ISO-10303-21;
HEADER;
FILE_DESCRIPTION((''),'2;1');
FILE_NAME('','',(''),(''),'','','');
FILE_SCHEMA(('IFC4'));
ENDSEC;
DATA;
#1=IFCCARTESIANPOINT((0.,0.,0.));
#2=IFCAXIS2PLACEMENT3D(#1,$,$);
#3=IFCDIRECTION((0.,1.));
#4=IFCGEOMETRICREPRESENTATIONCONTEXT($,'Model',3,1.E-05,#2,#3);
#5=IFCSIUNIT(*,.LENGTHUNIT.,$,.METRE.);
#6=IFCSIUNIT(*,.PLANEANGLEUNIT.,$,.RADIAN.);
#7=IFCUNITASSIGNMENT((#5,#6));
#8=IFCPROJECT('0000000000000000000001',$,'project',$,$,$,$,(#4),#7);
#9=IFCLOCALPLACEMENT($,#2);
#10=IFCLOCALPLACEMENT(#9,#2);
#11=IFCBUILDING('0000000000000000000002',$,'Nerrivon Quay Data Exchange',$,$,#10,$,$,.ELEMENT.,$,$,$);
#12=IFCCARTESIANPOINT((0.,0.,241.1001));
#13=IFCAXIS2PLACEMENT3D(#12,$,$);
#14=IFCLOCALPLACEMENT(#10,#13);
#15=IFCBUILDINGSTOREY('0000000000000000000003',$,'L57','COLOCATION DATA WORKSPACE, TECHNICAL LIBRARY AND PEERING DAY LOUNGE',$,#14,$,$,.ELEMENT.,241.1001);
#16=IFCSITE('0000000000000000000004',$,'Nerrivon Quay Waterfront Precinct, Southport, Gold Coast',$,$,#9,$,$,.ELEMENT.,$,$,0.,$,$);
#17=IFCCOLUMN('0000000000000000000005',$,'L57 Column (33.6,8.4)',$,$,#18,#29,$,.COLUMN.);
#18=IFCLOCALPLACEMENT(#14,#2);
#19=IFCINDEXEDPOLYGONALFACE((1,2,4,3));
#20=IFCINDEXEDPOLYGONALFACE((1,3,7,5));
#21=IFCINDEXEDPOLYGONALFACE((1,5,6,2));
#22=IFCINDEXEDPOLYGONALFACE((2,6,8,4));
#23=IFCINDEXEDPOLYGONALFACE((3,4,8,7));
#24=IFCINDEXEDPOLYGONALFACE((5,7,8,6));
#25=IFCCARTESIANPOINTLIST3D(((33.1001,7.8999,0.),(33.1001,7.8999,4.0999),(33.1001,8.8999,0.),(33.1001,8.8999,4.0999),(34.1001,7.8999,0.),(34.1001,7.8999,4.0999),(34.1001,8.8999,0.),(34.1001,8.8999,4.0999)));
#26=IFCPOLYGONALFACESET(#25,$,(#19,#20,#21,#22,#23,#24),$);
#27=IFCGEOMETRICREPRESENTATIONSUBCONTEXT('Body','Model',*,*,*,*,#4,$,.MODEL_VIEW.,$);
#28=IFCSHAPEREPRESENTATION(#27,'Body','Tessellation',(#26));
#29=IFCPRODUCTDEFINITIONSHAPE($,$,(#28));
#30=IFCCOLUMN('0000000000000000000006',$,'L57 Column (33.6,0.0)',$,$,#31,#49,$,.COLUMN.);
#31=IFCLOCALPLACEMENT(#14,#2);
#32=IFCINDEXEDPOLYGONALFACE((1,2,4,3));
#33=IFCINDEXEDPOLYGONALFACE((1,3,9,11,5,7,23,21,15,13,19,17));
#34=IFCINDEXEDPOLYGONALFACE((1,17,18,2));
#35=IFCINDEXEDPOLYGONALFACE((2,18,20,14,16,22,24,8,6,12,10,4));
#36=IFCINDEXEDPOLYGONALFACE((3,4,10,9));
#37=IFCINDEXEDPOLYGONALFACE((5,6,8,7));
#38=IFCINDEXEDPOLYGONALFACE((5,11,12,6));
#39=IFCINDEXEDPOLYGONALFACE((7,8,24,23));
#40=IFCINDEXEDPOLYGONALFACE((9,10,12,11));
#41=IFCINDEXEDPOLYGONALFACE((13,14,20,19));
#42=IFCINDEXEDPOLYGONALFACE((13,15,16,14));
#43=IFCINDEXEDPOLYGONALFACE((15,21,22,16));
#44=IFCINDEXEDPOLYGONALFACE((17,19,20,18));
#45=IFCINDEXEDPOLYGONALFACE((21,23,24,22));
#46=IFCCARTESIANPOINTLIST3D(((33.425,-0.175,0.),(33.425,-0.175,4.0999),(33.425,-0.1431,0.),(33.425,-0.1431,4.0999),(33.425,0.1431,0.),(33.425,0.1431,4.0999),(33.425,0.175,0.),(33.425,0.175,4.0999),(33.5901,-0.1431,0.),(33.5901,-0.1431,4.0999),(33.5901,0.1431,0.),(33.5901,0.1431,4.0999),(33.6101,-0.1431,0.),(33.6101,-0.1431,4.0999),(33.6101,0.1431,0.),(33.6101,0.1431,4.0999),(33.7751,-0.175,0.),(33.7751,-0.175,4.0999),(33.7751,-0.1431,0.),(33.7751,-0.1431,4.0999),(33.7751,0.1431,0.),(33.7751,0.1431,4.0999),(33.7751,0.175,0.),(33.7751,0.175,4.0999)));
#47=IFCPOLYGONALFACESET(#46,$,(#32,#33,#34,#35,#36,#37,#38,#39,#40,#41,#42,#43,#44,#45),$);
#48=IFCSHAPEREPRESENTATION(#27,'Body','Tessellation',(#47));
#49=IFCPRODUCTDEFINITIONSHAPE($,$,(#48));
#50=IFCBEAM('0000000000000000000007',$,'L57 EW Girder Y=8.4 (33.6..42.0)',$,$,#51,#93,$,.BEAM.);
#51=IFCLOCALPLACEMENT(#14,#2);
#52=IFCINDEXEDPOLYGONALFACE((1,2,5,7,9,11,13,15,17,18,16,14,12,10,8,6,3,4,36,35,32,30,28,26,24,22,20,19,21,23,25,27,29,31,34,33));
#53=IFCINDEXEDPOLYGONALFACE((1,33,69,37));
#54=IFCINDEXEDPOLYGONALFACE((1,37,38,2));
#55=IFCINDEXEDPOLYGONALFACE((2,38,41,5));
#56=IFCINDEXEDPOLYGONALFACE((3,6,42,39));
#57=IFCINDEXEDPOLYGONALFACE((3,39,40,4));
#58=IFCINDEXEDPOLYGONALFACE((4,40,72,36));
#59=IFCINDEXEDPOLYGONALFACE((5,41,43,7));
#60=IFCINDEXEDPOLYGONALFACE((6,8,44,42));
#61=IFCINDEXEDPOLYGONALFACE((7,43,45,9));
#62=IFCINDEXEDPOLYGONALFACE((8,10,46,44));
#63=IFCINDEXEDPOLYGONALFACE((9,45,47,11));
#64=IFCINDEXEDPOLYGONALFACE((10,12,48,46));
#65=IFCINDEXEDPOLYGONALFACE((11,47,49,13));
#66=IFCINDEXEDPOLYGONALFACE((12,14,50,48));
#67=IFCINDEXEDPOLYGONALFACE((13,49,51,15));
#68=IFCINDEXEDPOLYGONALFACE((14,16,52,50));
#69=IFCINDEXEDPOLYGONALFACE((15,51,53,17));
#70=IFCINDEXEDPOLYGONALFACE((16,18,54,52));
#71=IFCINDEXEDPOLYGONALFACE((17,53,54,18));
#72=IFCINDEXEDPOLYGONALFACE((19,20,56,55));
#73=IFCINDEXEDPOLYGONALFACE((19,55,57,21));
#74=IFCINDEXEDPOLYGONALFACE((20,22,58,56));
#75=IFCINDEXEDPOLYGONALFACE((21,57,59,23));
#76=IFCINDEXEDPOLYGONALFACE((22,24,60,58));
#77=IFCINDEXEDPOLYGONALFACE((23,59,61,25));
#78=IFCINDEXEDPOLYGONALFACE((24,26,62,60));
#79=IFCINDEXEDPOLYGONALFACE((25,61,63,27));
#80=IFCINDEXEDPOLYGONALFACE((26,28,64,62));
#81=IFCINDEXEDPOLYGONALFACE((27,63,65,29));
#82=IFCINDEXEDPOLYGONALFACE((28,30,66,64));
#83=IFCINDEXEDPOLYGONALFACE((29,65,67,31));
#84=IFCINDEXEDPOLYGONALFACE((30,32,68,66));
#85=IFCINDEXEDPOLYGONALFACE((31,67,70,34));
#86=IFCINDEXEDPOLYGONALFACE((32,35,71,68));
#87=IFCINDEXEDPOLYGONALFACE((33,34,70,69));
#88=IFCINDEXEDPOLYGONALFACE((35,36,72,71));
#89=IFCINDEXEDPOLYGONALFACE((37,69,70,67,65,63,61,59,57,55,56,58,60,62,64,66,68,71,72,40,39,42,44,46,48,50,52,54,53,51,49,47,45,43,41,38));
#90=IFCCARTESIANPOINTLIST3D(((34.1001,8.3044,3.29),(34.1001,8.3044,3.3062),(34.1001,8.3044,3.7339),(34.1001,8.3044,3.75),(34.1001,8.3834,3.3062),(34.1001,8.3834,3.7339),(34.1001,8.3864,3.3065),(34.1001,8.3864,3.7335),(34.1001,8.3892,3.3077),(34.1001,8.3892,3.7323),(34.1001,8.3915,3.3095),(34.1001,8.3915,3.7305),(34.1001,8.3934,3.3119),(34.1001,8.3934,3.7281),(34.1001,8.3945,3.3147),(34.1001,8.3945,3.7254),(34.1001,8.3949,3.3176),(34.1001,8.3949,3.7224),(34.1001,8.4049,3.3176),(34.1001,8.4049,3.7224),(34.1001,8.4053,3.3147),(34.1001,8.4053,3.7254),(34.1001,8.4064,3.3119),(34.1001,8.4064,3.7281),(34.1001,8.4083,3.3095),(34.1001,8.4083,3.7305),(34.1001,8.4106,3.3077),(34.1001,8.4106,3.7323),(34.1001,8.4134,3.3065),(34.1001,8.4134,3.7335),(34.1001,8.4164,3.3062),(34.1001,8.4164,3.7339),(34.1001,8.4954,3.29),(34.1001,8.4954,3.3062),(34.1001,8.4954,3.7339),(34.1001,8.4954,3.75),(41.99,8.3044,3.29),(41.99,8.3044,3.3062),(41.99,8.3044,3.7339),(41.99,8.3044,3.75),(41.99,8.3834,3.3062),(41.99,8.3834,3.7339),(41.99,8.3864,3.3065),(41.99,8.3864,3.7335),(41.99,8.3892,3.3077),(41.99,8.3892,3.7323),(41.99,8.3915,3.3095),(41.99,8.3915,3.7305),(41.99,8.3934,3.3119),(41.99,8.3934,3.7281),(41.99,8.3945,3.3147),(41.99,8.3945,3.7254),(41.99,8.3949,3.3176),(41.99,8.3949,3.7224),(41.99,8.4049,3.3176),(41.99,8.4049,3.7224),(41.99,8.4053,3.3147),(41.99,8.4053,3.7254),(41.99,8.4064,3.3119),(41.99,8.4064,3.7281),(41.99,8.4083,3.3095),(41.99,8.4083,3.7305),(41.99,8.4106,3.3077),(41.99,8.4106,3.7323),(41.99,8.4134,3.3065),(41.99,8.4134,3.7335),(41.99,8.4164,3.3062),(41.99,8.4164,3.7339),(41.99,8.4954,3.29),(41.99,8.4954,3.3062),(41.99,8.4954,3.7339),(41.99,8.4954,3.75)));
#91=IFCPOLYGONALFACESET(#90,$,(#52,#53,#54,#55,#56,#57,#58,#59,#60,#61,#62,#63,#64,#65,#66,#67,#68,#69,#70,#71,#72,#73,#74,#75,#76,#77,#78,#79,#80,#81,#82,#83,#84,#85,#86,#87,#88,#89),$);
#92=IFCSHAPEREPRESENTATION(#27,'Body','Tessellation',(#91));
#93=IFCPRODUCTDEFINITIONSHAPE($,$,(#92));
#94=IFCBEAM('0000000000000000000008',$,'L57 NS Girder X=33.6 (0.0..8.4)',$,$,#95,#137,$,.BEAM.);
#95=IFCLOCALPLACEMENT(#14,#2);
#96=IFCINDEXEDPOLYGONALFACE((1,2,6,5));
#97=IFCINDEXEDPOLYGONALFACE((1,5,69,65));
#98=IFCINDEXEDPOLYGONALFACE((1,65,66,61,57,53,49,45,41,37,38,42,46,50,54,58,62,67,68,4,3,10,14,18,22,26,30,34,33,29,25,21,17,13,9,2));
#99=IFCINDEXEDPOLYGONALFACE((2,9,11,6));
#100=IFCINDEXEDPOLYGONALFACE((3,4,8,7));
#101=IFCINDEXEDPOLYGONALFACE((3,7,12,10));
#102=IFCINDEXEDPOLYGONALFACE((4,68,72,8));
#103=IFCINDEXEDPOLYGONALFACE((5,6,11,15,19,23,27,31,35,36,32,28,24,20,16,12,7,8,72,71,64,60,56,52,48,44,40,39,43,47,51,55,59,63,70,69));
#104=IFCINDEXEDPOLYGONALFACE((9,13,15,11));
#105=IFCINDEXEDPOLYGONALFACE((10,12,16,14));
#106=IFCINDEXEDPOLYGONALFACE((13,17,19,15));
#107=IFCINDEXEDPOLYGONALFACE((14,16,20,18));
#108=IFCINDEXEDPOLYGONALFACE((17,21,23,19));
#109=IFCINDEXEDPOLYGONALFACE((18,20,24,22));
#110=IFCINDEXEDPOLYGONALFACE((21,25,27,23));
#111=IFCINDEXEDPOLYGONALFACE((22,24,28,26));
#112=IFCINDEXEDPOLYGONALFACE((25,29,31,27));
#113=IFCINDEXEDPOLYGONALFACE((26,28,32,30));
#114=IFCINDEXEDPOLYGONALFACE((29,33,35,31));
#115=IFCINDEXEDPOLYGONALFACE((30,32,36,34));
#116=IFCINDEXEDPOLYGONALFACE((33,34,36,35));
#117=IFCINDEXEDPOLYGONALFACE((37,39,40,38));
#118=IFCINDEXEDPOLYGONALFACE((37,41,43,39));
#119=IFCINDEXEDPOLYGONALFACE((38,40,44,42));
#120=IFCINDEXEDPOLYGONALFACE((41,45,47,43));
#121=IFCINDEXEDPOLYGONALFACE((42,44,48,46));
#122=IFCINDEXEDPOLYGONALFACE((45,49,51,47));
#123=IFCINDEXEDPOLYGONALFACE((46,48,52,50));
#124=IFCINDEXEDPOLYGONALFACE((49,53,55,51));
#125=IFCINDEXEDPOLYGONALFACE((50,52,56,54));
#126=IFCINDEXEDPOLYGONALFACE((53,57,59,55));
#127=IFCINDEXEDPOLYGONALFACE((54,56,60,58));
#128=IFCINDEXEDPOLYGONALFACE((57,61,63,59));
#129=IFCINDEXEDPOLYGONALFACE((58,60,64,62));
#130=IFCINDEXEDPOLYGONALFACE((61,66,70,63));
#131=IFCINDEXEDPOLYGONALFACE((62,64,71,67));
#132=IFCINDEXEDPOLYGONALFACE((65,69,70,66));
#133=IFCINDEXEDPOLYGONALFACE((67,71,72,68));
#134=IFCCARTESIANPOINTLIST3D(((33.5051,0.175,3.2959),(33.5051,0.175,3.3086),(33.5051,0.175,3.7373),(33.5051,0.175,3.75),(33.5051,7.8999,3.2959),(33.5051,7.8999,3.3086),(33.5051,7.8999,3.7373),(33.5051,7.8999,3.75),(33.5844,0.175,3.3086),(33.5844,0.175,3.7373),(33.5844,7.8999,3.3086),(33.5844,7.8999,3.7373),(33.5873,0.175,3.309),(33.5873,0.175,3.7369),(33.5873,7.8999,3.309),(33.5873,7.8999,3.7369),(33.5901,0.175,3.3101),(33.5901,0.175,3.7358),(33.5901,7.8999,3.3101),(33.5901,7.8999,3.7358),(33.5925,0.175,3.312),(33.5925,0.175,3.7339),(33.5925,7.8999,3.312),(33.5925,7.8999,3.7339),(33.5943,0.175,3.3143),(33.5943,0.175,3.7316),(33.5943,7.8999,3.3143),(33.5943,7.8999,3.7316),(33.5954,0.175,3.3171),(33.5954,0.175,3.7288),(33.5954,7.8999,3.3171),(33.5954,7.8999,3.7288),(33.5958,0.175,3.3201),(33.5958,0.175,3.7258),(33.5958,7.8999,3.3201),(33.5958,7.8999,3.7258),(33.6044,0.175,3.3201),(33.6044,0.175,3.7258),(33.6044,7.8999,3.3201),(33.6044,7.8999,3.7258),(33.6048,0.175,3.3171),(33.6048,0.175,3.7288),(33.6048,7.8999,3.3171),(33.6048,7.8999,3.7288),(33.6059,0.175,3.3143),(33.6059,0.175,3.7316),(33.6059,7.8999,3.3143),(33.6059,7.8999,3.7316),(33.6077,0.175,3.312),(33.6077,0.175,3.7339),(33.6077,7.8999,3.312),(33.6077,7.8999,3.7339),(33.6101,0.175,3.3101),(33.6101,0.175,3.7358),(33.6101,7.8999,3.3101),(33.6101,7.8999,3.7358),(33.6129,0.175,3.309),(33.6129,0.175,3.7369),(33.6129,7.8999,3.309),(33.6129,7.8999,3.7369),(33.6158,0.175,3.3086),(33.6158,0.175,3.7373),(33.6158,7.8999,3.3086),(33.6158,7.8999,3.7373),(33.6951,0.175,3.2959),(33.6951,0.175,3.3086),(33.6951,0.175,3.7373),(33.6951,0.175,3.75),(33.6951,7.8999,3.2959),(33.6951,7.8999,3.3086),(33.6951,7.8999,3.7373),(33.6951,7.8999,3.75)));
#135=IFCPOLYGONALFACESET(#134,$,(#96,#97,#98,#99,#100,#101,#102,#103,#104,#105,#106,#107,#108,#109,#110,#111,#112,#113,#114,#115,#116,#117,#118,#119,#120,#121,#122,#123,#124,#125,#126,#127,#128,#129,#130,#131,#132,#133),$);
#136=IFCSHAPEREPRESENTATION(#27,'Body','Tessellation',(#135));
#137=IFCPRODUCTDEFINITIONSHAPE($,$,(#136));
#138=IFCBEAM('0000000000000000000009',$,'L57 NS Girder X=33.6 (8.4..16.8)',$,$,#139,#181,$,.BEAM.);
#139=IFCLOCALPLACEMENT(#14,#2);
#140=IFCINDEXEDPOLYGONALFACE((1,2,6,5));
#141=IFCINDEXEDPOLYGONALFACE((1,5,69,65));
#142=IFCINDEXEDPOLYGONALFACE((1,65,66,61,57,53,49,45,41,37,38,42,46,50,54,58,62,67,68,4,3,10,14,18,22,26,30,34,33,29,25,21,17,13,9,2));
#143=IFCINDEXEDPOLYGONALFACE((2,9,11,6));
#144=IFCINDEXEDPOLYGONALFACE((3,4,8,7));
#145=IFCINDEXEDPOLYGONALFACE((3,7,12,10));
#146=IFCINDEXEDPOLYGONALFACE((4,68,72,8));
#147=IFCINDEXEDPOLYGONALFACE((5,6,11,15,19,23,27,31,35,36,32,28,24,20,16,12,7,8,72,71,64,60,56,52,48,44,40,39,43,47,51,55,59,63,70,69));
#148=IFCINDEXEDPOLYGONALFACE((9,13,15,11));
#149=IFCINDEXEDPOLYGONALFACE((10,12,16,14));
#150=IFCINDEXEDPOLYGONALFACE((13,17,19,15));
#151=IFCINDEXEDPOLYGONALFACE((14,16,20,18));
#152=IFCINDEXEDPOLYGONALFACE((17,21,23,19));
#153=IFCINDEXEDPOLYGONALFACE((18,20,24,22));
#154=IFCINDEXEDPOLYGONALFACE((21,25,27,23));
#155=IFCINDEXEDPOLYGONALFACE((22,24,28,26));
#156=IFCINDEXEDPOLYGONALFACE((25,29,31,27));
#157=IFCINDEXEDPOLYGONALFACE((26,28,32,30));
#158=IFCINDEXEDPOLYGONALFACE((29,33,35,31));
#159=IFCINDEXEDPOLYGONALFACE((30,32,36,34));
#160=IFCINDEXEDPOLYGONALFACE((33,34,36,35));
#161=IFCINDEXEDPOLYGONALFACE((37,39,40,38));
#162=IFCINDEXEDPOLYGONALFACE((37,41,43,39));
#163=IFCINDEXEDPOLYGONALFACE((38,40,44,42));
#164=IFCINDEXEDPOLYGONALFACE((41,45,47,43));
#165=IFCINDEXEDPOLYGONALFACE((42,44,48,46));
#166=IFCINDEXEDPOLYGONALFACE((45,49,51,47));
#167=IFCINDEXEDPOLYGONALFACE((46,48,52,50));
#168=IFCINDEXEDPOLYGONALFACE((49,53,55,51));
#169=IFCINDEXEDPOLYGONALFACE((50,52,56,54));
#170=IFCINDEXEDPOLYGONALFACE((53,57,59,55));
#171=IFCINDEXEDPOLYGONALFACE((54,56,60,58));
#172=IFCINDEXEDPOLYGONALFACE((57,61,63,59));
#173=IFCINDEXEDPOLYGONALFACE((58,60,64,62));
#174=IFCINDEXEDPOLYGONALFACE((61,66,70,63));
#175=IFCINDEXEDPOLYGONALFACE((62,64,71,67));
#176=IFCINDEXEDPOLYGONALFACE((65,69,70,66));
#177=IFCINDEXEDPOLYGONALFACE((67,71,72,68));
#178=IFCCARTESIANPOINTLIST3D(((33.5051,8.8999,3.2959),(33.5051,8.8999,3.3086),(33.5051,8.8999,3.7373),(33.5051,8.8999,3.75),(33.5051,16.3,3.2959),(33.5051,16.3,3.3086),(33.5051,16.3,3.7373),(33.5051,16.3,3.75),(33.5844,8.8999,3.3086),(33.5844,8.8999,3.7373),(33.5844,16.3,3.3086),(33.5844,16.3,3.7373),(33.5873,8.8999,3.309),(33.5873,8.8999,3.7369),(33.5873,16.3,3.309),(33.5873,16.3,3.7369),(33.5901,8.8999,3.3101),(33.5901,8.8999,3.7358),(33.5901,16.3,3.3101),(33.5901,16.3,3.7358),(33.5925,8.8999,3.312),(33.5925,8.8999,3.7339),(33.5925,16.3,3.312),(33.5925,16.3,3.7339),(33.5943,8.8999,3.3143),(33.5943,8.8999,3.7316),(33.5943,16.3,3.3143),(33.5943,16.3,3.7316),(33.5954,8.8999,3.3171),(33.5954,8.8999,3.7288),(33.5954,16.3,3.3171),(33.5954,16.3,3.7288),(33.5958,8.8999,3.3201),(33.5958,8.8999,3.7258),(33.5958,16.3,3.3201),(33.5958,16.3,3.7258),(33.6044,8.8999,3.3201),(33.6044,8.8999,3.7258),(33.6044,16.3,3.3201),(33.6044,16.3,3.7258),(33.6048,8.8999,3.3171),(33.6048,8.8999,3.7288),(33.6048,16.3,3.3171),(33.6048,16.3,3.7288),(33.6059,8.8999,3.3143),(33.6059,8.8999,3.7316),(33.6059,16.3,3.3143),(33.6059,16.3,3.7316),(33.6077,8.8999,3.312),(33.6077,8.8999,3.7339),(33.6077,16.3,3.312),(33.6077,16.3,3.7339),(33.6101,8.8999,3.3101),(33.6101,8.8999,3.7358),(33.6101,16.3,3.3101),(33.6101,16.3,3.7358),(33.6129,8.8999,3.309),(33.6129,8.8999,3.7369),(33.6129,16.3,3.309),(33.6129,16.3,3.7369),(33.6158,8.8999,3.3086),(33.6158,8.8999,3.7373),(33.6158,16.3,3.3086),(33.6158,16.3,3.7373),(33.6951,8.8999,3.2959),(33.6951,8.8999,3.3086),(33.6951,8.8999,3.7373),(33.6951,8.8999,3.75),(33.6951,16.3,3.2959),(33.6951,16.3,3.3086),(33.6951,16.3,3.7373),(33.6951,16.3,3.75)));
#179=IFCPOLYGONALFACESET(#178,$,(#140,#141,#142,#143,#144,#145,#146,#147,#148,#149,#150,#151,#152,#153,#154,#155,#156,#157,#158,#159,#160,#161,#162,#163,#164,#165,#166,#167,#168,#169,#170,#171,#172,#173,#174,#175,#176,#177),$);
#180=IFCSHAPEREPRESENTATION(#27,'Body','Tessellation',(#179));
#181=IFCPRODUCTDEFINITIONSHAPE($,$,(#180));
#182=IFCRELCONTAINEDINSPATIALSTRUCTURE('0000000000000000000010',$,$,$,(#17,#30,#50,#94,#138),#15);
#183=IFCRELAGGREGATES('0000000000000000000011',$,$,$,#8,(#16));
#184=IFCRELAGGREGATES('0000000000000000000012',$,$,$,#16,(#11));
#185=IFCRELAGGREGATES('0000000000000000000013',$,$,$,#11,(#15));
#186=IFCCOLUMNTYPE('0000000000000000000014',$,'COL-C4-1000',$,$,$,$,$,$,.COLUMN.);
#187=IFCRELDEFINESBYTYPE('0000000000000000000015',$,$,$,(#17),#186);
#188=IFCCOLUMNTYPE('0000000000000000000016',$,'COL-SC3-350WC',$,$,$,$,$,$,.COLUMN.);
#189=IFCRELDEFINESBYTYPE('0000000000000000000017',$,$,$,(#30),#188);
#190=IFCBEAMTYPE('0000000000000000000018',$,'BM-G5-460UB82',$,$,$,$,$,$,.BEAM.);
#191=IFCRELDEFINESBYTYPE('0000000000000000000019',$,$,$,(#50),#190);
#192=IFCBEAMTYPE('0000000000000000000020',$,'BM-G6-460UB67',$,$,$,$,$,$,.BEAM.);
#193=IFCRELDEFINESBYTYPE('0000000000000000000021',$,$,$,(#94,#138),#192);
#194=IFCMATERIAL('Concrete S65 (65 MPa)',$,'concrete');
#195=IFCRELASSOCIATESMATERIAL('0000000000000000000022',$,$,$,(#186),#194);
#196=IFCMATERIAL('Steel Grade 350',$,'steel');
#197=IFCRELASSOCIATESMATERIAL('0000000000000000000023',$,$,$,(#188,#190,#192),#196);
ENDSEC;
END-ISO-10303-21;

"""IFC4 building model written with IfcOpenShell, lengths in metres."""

from ifc_helpers import new_model, si_unit, direction, frame, origin, origin_2d, place, context, subcontext, project, spatial, rectangle, i_section, extrude, material, material_profile, profile_set, type_object, element, save


model = new_model("IFC4")

# Units and contexts
model_context = context("Model", 3, precision=1e-05, world=origin(), true_north=direction((0.0, 1.0)))
body_context = subcontext(model_context, "Body", "Model", "MODEL_VIEW")
ifc_project = project(units=[si_unit("LENGTHUNIT", "METRE"), si_unit("PLANEANGLEUNIT", "RADIAN")], contexts=[model_context])

# Site, building, storey
site_placement = place(None, origin())
site = spatial("IfcSite", under=ifc_project, at=site_placement, Name="Nerrivon Quay Waterfront Precinct, Southport, Gold Coast", CompositionType="ELEMENT", RefElevation=0.0)
building_placement = place(site_placement, origin())
building = spatial("IfcBuilding", under=site, at=building_placement, Name="Nerrivon Quay Data Exchange", CompositionType="ELEMENT")
storey_placement = place(building_placement, frame((0.0, 0.0, 241.1001)))
storey = spatial("IfcBuildingStorey", under=building, at=storey_placement, Name="L57", Description="COLOCATION DATA WORKSPACE, TECHNICAL LIBRARY AND PEERING DAY LOUNGE", CompositionType="ELEMENT", Elevation=241.1001)

# Columns
ifc_material_1 = material(Name="Concrete S65 (65 MPa)", Category="concrete")
ifc_material_profile_1 = material_profile(ifc_material_1, rectangle(XDim=1.0, YDim=1.0, at=origin_2d()), Name="RC-COL-1000x1000")
ifc_profile_set_1 = profile_set([ifc_material_profile_1], Name="Concrete S65 (65 MPa)")
column_type_1 = type_object("IfcColumnType", Name="COL-C4-1000", PredefinedType="COLUMN", material=ifc_profile_set_1)
column_1_placement = place(storey_placement, frame((33.6001, 8.3999, 0.0), z_axis=(0.0, 0.0, 1.0), x_axis=(1.0, 0.0, 0.0)))
element("IfcColumn", 1, at=column_1_placement, inside=storey, type_object=column_type_1, Name="L57 Column (33.6,8.4)", PredefinedType="COLUMN", context=body_context, shape_type="SweptSolid", body=[
    extrude(rectangle(XDim=1.0, YDim=1.0, at=origin_2d()), origin(), (0.0, 0.0, 1.0), 4.0999),
])
ifc_material_2 = material(Name="Steel Grade 350", Category="steel")
ifc_material_profile_2 = material_profile(ifc_material_2, i_section(OverallWidth=0.3501, OverallDepth=0.3501, WebThickness=0.02, FlangeThickness=0.032, at=origin_2d()), Name="350WC230")
ifc_profile_set_2 = profile_set([ifc_material_profile_2], Name="Steel Grade 350")
column_type_2 = type_object("IfcColumnType", Name="COL-SC3-350WC", PredefinedType="COLUMN", material=ifc_profile_set_2)
column_2_placement = place(storey_placement, frame((33.6001, 0.0, 0.0), z_axis=(0.0, 0.0, 1.0), x_axis=(1.0, 0.0, 0.0)))
element("IfcColumn", 2, at=column_2_placement, inside=storey, type_object=column_type_2, Name="L57 Column (33.6,0.0)", PredefinedType="COLUMN", context=body_context, shape_type="SweptSolid", body=[
    extrude(i_section(OverallWidth=0.3501, OverallDepth=0.3501, WebThickness=0.02, FlangeThickness=0.032, at=origin_2d()), origin(), (0.0, 0.0, 1.0), 4.0999),
])

# Beams
ifc_material_profile_3 = material_profile(ifc_material_2, i_section(OverallWidth=0.1909, OverallDepth=0.46, WebThickness=0.01, FlangeThickness=0.0161, FilletRadius=0.0115, at=origin_2d()), Name="460UB82.1")
ifc_profile_set_3 = profile_set([ifc_material_profile_3], Name="Steel Grade 350")
beam_type_1 = type_object("IfcBeamType", Name="BM-G5-460UB82", PredefinedType="BEAM", material=ifc_profile_set_3)
beam_1_placement = place(storey_placement, frame((34.1001, 8.3999, 3.52), z_axis=(1.0, 0.0, 0.0), x_axis=(0.0, 1.0, 0.0)))
element("IfcBeam", 3, at=beam_1_placement, inside=storey, type_object=beam_type_1, Name="L57 EW Girder Y=8.4 (33.6..42.0)", PredefinedType="BEAM", context=body_context, shape_type="SweptSolid", body=[
    extrude(i_section(OverallWidth=0.1909, OverallDepth=0.46, WebThickness=0.01, FlangeThickness=0.0161, FilletRadius=0.0115, at=origin_2d()), origin(), (0.0, 0.0, 1.0), 7.8899),
])
ifc_material_profile_4 = material_profile(ifc_material_2, i_section(OverallWidth=0.1899, OverallDepth=0.4541, WebThickness=0.0085, FlangeThickness=0.0127, FilletRadius=0.0115, at=origin_2d()), Name="460UB67.1")
ifc_profile_set_4 = profile_set([ifc_material_profile_4], Name="Steel Grade 350")
beam_type_2 = type_object("IfcBeamType", Name="BM-G6-460UB67", PredefinedType="BEAM", material=ifc_profile_set_4)
beam_2_placement = place(storey_placement, frame((33.6001, 0.175, 3.5229), z_axis=(0.0, 1.0, 0.0), x_axis=(-1.0, 0.0, 0.0)))
element("IfcBeam", 4, at=beam_2_placement, inside=storey, type_object=beam_type_2, Name="L57 NS Girder X=33.6 (0.0..8.4)", PredefinedType="BEAM", context=body_context, shape_type="SweptSolid", body=[
    extrude(i_section(OverallWidth=0.1899, OverallDepth=0.4541, WebThickness=0.0085, FlangeThickness=0.0127, FilletRadius=0.0115, at=origin_2d()), origin(), (0.0, 0.0, 1.0), 7.7249),
])
beam_3_placement = place(storey_placement, frame((33.6001, 8.8999, 3.5229), z_axis=(0.0, 1.0, 0.0), x_axis=(-1.0, 0.0, 0.0)))
element("IfcBeam", 5, at=beam_3_placement, inside=storey, type_object=beam_type_2, Name="L57 NS Girder X=33.6 (8.4..16.8)", PredefinedType="BEAM", context=body_context, shape_type="SweptSolid", body=[
    extrude(i_section(OverallWidth=0.1899, OverallDepth=0.4541, WebThickness=0.0085, FlangeThickness=0.0127, FilletRadius=0.0115, at=origin_2d()), origin(), (0.0, 0.0, 1.0), 7.4001),
])

save(model, "model.ifc")
